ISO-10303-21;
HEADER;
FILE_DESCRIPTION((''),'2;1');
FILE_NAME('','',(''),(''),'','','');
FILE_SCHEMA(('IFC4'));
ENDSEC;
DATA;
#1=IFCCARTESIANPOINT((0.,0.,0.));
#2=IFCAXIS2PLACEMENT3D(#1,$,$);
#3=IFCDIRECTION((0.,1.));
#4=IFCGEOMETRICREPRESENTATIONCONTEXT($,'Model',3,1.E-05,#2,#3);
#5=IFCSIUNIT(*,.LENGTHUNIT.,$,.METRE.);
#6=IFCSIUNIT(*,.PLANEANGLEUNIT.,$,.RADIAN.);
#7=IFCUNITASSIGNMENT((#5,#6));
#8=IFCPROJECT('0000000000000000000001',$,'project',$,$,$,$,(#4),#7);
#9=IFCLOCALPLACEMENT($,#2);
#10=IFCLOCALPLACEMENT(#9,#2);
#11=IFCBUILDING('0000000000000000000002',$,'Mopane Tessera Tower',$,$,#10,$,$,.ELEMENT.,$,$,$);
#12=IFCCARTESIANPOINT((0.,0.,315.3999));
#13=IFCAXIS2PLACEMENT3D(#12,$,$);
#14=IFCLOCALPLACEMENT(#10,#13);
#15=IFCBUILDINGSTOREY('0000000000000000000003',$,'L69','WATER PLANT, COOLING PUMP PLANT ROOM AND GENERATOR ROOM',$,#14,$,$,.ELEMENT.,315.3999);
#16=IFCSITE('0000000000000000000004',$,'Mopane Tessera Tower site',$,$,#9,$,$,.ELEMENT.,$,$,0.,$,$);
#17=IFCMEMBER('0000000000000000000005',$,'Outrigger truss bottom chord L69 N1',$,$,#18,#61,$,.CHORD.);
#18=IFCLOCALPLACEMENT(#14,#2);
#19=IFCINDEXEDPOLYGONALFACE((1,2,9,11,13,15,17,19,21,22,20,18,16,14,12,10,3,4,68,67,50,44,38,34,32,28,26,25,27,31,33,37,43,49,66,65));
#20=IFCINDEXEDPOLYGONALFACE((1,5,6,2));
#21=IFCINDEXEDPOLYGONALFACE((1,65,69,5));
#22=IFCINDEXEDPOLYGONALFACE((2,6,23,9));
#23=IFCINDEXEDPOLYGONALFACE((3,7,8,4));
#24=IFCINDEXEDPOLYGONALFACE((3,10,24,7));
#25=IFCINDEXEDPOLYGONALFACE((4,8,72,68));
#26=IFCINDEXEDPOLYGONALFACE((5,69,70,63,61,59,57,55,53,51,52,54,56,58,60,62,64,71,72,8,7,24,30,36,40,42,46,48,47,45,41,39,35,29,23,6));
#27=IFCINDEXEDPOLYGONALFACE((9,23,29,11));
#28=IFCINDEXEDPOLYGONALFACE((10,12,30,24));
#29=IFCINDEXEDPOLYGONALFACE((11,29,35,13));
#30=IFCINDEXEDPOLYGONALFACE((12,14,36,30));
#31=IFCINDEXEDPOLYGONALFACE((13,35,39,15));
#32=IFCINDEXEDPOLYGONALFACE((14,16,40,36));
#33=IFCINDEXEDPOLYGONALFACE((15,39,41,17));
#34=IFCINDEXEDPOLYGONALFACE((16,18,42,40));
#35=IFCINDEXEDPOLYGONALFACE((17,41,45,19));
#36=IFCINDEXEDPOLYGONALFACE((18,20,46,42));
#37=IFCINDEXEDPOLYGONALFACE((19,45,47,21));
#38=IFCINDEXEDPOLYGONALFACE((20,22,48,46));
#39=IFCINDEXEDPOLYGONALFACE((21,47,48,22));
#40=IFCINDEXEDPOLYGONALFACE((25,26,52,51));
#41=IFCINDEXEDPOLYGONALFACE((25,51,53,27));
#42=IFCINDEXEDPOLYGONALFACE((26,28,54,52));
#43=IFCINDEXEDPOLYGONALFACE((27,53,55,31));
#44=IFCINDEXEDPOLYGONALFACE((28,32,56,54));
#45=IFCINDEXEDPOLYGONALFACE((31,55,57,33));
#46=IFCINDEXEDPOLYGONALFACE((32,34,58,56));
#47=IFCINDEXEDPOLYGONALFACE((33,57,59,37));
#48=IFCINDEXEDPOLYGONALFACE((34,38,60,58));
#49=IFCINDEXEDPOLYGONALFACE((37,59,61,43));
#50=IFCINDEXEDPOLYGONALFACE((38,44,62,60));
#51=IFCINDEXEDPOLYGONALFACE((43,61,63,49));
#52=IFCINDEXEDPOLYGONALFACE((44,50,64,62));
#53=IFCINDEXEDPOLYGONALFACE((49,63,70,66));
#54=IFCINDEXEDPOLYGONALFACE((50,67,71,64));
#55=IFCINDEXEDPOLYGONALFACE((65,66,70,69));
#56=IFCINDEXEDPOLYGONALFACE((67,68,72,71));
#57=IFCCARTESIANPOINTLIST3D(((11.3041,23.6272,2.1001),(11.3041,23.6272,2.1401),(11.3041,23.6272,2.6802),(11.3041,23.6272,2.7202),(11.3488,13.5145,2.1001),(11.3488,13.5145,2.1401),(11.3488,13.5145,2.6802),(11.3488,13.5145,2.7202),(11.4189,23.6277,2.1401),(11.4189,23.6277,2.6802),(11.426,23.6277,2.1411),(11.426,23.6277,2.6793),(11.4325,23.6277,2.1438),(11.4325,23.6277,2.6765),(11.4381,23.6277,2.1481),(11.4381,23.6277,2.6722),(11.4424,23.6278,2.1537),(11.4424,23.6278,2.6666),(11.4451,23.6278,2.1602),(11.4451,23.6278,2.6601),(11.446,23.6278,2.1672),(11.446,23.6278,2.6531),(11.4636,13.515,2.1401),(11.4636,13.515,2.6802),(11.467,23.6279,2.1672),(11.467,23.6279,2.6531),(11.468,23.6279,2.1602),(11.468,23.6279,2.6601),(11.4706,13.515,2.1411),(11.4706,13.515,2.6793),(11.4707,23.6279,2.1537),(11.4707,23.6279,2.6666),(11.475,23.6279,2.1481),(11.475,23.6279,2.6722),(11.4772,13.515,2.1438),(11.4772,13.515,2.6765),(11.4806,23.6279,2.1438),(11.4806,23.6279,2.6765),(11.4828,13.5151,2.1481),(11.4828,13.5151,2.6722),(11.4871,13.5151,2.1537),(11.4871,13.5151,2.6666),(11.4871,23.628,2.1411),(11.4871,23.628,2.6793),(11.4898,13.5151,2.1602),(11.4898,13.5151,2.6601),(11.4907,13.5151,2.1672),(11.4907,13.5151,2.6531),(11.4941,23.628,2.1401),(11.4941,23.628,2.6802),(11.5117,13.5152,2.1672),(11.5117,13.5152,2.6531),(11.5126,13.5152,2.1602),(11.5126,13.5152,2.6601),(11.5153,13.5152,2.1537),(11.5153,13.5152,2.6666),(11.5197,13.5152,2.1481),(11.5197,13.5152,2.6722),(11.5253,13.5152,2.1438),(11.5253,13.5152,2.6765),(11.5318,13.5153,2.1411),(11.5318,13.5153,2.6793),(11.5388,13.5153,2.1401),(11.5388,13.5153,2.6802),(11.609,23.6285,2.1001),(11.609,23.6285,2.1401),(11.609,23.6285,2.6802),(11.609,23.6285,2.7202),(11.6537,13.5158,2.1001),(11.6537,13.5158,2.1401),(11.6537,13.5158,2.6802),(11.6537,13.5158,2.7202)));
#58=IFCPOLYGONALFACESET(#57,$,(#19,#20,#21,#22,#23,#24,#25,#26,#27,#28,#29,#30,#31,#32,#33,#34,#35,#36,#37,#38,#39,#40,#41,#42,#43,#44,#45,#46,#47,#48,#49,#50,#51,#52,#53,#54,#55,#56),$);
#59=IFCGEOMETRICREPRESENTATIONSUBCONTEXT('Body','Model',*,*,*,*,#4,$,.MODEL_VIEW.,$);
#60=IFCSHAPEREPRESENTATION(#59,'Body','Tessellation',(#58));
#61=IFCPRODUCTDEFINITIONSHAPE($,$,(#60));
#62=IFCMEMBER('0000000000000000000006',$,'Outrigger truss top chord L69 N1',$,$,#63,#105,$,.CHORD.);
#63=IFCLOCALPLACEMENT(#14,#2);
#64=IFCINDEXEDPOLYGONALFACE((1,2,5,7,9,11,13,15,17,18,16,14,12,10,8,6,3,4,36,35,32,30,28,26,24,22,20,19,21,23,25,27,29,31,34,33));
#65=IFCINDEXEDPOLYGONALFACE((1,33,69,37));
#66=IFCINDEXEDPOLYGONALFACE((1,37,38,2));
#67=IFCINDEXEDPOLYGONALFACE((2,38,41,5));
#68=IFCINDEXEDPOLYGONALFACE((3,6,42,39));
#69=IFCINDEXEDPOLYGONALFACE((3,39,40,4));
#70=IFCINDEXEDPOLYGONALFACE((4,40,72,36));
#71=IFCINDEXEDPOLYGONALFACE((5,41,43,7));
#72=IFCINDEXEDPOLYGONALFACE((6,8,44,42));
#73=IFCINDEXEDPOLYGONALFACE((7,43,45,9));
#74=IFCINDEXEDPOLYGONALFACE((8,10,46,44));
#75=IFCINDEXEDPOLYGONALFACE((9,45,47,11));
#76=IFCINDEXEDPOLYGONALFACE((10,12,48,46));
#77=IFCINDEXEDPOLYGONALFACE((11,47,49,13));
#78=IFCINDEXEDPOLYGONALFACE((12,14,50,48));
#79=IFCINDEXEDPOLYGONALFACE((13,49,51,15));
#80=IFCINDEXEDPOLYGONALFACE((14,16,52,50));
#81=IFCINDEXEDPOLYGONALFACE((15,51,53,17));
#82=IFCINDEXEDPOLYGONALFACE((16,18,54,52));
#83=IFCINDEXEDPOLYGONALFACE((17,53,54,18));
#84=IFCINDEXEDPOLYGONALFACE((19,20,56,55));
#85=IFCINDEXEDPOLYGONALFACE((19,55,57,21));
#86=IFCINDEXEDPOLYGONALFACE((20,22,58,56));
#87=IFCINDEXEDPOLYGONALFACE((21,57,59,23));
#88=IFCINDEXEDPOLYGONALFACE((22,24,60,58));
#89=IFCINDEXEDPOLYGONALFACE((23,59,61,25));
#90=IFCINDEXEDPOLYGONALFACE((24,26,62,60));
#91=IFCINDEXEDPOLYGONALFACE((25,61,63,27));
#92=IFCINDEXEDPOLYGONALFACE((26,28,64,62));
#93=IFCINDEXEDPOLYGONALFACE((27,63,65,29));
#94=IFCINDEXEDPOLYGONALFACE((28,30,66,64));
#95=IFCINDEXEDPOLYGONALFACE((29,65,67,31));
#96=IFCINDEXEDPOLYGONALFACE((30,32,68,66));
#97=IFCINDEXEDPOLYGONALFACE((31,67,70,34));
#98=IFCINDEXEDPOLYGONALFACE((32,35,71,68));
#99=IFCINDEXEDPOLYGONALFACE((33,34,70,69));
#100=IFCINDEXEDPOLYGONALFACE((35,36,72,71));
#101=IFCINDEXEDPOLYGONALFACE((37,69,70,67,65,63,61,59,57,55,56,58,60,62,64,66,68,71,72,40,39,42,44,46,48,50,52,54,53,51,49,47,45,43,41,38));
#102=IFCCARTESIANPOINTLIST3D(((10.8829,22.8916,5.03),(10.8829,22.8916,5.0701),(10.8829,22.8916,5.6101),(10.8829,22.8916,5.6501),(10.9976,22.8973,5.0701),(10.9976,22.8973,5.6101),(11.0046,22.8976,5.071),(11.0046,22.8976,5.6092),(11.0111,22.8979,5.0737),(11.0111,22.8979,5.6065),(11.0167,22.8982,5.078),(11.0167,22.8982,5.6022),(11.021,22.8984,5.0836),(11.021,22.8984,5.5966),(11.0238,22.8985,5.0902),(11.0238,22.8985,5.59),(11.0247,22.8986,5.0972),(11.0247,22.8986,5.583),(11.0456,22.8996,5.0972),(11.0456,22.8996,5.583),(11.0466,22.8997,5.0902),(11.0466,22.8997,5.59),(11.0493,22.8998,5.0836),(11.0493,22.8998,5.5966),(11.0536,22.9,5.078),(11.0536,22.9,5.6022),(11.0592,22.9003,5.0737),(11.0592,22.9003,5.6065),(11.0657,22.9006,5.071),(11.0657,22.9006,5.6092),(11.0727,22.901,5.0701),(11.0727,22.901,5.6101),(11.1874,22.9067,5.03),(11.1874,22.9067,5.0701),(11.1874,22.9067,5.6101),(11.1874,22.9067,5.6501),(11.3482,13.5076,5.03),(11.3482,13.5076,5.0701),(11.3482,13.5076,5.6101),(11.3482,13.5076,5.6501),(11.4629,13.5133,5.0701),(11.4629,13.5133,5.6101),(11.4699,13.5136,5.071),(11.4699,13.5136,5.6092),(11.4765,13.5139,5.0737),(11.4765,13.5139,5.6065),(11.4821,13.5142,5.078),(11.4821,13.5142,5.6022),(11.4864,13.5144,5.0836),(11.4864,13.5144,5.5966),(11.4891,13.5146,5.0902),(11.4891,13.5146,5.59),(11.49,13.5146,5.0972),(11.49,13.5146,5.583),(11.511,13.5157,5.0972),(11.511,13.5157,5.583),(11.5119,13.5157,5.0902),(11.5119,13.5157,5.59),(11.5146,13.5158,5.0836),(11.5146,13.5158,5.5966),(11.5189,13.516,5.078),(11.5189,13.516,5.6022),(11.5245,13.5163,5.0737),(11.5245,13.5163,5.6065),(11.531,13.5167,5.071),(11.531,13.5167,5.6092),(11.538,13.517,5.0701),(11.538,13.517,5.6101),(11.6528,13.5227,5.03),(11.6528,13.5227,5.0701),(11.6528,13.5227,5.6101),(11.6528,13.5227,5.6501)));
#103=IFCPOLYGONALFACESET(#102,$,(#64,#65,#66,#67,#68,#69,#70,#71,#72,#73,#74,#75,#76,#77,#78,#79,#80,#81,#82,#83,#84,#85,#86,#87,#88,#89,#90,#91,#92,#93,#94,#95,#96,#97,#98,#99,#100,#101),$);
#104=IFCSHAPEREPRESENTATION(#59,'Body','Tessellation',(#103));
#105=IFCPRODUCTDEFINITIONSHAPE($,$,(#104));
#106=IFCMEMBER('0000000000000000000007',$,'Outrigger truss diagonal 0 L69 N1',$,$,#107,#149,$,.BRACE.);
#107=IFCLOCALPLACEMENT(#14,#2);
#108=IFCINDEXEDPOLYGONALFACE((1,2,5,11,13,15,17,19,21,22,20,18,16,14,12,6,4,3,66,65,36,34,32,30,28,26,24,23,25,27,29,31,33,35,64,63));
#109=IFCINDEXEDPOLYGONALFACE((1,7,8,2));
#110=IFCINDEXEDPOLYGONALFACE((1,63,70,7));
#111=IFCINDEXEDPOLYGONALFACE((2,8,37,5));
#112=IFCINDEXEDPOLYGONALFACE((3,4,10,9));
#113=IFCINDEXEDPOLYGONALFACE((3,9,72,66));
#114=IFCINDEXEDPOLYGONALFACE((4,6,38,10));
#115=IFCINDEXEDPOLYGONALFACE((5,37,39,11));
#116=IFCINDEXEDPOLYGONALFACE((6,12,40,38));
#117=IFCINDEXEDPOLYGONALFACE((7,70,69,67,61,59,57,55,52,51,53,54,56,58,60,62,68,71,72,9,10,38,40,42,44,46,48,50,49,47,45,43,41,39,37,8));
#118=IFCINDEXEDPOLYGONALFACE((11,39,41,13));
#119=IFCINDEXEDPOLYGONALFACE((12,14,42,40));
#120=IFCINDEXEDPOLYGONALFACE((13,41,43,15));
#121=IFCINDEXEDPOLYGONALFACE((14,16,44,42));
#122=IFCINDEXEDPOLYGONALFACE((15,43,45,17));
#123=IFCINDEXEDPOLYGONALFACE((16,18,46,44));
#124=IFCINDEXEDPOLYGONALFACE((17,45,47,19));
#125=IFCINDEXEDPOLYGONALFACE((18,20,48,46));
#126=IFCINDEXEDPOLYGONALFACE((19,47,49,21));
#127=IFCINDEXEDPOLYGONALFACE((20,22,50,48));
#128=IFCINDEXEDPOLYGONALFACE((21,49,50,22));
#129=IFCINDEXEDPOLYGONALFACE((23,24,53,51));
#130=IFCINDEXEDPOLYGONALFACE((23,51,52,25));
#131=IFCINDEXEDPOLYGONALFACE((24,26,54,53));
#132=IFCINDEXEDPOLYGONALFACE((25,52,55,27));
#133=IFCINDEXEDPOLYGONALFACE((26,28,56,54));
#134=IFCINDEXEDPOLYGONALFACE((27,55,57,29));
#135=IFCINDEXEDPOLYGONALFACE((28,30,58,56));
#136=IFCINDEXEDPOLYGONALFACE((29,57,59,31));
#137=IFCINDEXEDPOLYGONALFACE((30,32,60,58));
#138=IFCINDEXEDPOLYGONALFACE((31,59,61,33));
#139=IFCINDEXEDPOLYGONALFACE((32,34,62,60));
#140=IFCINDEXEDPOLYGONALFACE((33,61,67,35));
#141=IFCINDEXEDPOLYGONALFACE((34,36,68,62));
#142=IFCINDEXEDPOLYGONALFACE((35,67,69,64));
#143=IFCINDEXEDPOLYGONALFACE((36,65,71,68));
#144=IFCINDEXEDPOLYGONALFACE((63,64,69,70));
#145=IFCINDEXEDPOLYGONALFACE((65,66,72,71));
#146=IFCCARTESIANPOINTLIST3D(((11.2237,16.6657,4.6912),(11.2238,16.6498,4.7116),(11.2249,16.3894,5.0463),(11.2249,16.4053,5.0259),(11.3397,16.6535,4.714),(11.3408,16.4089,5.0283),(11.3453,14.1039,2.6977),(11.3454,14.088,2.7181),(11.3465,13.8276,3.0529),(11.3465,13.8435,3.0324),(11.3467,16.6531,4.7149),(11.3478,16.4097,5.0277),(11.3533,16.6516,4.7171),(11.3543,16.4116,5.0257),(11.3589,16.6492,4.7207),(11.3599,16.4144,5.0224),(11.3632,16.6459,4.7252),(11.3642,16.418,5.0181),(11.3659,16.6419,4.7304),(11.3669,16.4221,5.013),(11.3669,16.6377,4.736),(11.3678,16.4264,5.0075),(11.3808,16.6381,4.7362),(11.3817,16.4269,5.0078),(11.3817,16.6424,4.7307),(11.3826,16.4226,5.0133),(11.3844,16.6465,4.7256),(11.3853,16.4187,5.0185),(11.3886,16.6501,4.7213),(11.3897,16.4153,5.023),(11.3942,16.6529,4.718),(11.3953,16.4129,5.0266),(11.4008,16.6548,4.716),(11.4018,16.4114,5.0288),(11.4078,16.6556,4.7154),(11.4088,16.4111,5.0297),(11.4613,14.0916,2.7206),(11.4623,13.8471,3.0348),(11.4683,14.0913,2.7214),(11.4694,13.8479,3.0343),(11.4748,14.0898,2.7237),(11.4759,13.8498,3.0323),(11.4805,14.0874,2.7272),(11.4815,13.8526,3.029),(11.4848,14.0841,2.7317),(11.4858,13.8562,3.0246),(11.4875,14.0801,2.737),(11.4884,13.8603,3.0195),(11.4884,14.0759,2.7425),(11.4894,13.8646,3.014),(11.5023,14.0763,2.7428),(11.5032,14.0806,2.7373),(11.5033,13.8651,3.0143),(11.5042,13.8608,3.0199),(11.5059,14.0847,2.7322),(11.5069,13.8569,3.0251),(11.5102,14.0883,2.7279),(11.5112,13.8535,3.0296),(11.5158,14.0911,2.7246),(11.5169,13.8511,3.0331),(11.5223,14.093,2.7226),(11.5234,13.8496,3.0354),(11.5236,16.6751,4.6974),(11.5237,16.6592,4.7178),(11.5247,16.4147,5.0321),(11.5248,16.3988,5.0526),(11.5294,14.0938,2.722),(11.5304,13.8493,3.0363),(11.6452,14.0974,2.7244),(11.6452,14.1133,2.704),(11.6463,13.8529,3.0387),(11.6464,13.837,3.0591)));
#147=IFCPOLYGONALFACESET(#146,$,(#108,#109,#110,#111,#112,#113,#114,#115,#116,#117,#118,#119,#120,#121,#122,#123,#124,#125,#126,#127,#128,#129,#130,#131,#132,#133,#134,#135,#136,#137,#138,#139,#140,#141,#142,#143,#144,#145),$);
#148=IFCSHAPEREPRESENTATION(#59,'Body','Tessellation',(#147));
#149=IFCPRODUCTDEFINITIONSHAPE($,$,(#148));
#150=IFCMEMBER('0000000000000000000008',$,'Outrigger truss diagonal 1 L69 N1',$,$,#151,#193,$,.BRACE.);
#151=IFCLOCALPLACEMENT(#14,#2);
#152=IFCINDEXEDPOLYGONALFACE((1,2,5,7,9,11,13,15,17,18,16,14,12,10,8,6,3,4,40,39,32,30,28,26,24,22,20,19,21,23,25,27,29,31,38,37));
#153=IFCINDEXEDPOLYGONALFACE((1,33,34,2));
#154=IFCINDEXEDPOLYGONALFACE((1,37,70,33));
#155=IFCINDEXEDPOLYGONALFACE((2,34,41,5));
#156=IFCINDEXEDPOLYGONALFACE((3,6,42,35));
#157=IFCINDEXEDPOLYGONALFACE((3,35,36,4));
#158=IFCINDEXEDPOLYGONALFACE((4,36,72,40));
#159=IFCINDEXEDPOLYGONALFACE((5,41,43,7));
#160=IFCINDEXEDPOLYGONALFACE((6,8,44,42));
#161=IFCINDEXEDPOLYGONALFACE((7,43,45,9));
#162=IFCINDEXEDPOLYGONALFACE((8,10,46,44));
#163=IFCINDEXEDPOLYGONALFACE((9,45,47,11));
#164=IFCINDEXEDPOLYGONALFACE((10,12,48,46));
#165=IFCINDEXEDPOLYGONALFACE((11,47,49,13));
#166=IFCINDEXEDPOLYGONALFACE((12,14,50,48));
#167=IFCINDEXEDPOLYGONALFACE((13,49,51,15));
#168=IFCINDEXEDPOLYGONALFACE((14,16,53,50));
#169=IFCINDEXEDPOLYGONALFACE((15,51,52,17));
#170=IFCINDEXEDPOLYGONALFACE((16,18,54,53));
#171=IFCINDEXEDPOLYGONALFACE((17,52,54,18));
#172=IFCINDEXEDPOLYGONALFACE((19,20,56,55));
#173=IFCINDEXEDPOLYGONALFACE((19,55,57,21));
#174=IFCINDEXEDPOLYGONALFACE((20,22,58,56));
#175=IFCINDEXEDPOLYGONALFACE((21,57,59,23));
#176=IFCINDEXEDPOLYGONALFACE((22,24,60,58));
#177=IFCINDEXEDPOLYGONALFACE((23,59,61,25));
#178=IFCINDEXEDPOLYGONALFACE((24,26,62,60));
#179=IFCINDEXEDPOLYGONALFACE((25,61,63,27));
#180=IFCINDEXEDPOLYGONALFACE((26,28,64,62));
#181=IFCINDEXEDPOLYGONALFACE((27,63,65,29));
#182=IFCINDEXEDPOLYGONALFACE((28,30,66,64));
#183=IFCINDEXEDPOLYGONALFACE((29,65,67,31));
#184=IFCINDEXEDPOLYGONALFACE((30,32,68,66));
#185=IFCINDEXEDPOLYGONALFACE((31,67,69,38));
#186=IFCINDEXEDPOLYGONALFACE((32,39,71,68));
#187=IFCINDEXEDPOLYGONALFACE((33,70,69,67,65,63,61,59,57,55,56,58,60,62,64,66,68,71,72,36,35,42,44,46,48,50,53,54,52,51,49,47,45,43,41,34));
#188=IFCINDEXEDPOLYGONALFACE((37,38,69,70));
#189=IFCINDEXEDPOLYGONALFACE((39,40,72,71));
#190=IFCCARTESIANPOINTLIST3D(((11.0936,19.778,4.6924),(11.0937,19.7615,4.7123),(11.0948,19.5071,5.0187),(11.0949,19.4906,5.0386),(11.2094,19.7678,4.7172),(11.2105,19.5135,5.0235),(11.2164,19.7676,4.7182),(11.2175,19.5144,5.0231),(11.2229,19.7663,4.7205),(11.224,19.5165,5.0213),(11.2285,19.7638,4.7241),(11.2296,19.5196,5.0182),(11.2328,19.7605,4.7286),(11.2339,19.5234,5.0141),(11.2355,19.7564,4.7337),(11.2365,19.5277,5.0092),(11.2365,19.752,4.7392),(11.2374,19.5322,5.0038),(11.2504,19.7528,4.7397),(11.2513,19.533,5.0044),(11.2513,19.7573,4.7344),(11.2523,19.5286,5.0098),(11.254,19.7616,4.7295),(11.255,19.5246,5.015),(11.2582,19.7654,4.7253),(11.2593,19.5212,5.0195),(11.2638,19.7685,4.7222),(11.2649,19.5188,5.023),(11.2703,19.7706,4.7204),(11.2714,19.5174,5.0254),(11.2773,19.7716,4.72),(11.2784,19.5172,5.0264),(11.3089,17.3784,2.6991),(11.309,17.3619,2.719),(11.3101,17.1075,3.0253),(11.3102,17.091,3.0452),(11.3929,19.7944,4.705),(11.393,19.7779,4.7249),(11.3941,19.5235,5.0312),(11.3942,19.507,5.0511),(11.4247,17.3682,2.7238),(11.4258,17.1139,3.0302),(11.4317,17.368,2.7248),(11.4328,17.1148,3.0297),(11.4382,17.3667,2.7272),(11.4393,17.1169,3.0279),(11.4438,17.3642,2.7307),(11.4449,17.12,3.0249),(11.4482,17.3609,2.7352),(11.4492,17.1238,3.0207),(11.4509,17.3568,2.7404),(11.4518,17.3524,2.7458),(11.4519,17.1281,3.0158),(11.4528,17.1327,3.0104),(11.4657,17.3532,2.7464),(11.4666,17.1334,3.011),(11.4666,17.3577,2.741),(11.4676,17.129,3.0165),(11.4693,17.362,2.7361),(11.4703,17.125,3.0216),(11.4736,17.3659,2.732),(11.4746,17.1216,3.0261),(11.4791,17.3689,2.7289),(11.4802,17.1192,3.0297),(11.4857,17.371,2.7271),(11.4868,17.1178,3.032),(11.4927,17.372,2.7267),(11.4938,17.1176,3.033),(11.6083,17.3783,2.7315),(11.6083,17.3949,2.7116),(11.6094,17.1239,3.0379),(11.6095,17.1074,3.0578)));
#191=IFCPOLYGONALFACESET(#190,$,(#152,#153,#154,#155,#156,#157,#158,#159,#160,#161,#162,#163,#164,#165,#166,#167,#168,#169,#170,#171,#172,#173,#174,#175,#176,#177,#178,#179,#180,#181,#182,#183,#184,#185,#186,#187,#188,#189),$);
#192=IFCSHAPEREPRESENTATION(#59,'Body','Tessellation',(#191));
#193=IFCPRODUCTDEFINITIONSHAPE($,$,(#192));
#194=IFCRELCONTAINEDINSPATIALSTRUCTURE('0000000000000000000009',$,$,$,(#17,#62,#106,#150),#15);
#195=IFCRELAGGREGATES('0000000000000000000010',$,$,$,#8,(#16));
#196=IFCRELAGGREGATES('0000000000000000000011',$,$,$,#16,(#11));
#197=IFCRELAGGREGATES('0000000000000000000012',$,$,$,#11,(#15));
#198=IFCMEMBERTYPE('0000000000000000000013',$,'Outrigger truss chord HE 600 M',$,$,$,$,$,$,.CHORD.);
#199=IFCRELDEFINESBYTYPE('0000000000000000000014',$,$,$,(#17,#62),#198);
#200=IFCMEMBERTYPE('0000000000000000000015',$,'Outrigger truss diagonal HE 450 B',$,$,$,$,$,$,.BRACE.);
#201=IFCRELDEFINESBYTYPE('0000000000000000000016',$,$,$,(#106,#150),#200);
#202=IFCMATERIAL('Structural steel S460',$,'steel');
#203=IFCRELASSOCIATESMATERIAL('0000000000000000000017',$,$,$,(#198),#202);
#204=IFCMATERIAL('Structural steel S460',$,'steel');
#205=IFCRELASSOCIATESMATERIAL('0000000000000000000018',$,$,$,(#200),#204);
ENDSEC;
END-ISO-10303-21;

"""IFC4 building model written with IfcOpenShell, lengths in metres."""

from ifc_helpers import new_model, si_unit, direction, frame, origin, origin_2d, place, context, subcontext, project, spatial, i_section, extrude, material, material_profile, profile_set, type_object, element, save


model = new_model("IFC4")

# Units and contexts
model_context = context("Model", 3, precision=1e-05, world=origin(), true_north=direction((0.0, 1.0)))
body_context = subcontext(model_context, "Body", "Model", "MODEL_VIEW")
ifc_project = project(units=[si_unit("LENGTHUNIT", "METRE"), si_unit("PLANEANGLEUNIT", "RADIAN")], contexts=[model_context])

# Site, building, storey
site_placement = place(None, origin())
site = spatial("IfcSite", under=ifc_project, at=site_placement, Name="Mopane Tessera Tower site", CompositionType="ELEMENT", RefElevation=0.0)
building_placement = place(site_placement, origin())
building = spatial("IfcBuilding", under=site, at=building_placement, Name="Mopane Tessera Tower", CompositionType="ELEMENT")
storey_placement = place(building_placement, frame((0.0, 0.0, 315.3999)))
storey = spatial("IfcBuildingStorey", under=building, at=storey_placement, Name="L69", Description="WATER PLANT, COOLING PUMP PLANT ROOM AND GENERATOR ROOM", CompositionType="ELEMENT", Elevation=315.3999)

# Members
ifc_material_1 = material(Name="Structural steel S460", Category="steel")
ifc_material_profile_1 = material_profile(ifc_material_1, i_section(OverallWidth=0.3049, OverallDepth=0.6201, WebThickness=0.021, FlangeThickness=0.04, FilletRadius=0.0271, at=origin_2d()))
ifc_profile_set_1 = profile_set([ifc_material_profile_1], Name="Structural steel S460")
member_type_1 = type_object("IfcMemberType", Name="Outrigger truss chord HE 600 M", PredefinedType="CHORD", material=ifc_profile_set_1)
member_1_placement = place(storey_placement, frame((11.5012, 13.5151, 2.4102), z_axis=(-0.004418, 0.99999, 0.0), x_axis=(-0.99999, -0.004418, 0.0)))
element("IfcMember", 1, at=member_1_placement, inside=storey, type_object=member_type_1, Name="Outrigger truss bottom chord L69 N1", PredefinedType="CHORD", context=body_context, shape_type="SweptSolid", body=[
    extrude(i_section(OverallWidth=0.3049, OverallDepth=0.6201, WebThickness=0.021, FlangeThickness=0.04, FilletRadius=0.0271, at=origin_2d()), origin(), (0.0, 0.0, 1.0), 10.1128),
])
member_2_placement = place(storey_placement, frame((11.5005, 13.5151, 5.3401), z_axis=(-0.049527, 0.998773, 0.0), x_axis=(-0.998773, -0.049527, 0.0)))
element("IfcMember", 2, at=member_2_placement, inside=storey, type_object=member_type_1, Name="Outrigger truss top chord L69 N1", PredefinedType="CHORD", context=body_context, shape_type="SweptSolid", body=[
    extrude(i_section(OverallWidth=0.3049, OverallDepth=0.6201, WebThickness=0.021, FlangeThickness=0.04, FilletRadius=0.0271, at=origin_2d()), origin(), (0.0, 0.0, 1.0), 9.3955),
])
ifc_material_2 = material(Name="Structural steel S460", Category="steel")
ifc_material_profile_2 = material_profile(ifc_material_2, i_section(OverallWidth=0.3, OverallDepth=0.45, WebThickness=0.0139, FlangeThickness=0.0259, FilletRadius=0.0271, at=origin_2d()))
ifc_profile_set_2 = profile_set([ifc_material_profile_2], Name="Structural steel S460")
member_type_2 = type_object("IfcMemberType", Name="Outrigger truss diagonal HE 450 B", PredefinedType="BRACE", material=ifc_profile_set_2)
member_3_placement = place(storey_placement, frame((11.4958, 13.9705, 2.8784), z_axis=(-0.03743, 0.788661, 0.613687), x_axis=(-0.999296, -0.031174, -0.020887)))
element("IfcMember", 3, at=member_3_placement, inside=storey, type_object=member_type_2, Name="Outrigger truss diagonal 0 L69 N1", PredefinedType="BRACE", context=body_context, shape_type="SweptSolid", body=[
    extrude(i_section(OverallWidth=0.3, OverallDepth=0.45, WebThickness=0.0139, FlangeThickness=0.0259, FilletRadius=0.0271, at=origin_2d()), origin(), (0.0, 0.0, 1.0), 3.2483),
])
member_4_placement = place(storey_placement, frame((11.4592, 17.2429, 2.8784), z_axis=(-0.068861, 0.767389, 0.637474), x_axis=(-0.997622, -0.054744, -0.041864)))
element("IfcMember", 4, at=member_4_placement, inside=storey, type_object=member_type_2, Name="Outrigger truss diagonal 1 L69 N1", PredefinedType="BRACE", context=body_context, shape_type="SweptSolid", body=[
    extrude(i_section(OverallWidth=0.3, OverallDepth=0.45, WebThickness=0.0139, FlangeThickness=0.0259, FilletRadius=0.0271, at=origin_2d()), origin(), (0.0, 0.0, 1.0), 3.127),
])

save(model, "model.ifc")
